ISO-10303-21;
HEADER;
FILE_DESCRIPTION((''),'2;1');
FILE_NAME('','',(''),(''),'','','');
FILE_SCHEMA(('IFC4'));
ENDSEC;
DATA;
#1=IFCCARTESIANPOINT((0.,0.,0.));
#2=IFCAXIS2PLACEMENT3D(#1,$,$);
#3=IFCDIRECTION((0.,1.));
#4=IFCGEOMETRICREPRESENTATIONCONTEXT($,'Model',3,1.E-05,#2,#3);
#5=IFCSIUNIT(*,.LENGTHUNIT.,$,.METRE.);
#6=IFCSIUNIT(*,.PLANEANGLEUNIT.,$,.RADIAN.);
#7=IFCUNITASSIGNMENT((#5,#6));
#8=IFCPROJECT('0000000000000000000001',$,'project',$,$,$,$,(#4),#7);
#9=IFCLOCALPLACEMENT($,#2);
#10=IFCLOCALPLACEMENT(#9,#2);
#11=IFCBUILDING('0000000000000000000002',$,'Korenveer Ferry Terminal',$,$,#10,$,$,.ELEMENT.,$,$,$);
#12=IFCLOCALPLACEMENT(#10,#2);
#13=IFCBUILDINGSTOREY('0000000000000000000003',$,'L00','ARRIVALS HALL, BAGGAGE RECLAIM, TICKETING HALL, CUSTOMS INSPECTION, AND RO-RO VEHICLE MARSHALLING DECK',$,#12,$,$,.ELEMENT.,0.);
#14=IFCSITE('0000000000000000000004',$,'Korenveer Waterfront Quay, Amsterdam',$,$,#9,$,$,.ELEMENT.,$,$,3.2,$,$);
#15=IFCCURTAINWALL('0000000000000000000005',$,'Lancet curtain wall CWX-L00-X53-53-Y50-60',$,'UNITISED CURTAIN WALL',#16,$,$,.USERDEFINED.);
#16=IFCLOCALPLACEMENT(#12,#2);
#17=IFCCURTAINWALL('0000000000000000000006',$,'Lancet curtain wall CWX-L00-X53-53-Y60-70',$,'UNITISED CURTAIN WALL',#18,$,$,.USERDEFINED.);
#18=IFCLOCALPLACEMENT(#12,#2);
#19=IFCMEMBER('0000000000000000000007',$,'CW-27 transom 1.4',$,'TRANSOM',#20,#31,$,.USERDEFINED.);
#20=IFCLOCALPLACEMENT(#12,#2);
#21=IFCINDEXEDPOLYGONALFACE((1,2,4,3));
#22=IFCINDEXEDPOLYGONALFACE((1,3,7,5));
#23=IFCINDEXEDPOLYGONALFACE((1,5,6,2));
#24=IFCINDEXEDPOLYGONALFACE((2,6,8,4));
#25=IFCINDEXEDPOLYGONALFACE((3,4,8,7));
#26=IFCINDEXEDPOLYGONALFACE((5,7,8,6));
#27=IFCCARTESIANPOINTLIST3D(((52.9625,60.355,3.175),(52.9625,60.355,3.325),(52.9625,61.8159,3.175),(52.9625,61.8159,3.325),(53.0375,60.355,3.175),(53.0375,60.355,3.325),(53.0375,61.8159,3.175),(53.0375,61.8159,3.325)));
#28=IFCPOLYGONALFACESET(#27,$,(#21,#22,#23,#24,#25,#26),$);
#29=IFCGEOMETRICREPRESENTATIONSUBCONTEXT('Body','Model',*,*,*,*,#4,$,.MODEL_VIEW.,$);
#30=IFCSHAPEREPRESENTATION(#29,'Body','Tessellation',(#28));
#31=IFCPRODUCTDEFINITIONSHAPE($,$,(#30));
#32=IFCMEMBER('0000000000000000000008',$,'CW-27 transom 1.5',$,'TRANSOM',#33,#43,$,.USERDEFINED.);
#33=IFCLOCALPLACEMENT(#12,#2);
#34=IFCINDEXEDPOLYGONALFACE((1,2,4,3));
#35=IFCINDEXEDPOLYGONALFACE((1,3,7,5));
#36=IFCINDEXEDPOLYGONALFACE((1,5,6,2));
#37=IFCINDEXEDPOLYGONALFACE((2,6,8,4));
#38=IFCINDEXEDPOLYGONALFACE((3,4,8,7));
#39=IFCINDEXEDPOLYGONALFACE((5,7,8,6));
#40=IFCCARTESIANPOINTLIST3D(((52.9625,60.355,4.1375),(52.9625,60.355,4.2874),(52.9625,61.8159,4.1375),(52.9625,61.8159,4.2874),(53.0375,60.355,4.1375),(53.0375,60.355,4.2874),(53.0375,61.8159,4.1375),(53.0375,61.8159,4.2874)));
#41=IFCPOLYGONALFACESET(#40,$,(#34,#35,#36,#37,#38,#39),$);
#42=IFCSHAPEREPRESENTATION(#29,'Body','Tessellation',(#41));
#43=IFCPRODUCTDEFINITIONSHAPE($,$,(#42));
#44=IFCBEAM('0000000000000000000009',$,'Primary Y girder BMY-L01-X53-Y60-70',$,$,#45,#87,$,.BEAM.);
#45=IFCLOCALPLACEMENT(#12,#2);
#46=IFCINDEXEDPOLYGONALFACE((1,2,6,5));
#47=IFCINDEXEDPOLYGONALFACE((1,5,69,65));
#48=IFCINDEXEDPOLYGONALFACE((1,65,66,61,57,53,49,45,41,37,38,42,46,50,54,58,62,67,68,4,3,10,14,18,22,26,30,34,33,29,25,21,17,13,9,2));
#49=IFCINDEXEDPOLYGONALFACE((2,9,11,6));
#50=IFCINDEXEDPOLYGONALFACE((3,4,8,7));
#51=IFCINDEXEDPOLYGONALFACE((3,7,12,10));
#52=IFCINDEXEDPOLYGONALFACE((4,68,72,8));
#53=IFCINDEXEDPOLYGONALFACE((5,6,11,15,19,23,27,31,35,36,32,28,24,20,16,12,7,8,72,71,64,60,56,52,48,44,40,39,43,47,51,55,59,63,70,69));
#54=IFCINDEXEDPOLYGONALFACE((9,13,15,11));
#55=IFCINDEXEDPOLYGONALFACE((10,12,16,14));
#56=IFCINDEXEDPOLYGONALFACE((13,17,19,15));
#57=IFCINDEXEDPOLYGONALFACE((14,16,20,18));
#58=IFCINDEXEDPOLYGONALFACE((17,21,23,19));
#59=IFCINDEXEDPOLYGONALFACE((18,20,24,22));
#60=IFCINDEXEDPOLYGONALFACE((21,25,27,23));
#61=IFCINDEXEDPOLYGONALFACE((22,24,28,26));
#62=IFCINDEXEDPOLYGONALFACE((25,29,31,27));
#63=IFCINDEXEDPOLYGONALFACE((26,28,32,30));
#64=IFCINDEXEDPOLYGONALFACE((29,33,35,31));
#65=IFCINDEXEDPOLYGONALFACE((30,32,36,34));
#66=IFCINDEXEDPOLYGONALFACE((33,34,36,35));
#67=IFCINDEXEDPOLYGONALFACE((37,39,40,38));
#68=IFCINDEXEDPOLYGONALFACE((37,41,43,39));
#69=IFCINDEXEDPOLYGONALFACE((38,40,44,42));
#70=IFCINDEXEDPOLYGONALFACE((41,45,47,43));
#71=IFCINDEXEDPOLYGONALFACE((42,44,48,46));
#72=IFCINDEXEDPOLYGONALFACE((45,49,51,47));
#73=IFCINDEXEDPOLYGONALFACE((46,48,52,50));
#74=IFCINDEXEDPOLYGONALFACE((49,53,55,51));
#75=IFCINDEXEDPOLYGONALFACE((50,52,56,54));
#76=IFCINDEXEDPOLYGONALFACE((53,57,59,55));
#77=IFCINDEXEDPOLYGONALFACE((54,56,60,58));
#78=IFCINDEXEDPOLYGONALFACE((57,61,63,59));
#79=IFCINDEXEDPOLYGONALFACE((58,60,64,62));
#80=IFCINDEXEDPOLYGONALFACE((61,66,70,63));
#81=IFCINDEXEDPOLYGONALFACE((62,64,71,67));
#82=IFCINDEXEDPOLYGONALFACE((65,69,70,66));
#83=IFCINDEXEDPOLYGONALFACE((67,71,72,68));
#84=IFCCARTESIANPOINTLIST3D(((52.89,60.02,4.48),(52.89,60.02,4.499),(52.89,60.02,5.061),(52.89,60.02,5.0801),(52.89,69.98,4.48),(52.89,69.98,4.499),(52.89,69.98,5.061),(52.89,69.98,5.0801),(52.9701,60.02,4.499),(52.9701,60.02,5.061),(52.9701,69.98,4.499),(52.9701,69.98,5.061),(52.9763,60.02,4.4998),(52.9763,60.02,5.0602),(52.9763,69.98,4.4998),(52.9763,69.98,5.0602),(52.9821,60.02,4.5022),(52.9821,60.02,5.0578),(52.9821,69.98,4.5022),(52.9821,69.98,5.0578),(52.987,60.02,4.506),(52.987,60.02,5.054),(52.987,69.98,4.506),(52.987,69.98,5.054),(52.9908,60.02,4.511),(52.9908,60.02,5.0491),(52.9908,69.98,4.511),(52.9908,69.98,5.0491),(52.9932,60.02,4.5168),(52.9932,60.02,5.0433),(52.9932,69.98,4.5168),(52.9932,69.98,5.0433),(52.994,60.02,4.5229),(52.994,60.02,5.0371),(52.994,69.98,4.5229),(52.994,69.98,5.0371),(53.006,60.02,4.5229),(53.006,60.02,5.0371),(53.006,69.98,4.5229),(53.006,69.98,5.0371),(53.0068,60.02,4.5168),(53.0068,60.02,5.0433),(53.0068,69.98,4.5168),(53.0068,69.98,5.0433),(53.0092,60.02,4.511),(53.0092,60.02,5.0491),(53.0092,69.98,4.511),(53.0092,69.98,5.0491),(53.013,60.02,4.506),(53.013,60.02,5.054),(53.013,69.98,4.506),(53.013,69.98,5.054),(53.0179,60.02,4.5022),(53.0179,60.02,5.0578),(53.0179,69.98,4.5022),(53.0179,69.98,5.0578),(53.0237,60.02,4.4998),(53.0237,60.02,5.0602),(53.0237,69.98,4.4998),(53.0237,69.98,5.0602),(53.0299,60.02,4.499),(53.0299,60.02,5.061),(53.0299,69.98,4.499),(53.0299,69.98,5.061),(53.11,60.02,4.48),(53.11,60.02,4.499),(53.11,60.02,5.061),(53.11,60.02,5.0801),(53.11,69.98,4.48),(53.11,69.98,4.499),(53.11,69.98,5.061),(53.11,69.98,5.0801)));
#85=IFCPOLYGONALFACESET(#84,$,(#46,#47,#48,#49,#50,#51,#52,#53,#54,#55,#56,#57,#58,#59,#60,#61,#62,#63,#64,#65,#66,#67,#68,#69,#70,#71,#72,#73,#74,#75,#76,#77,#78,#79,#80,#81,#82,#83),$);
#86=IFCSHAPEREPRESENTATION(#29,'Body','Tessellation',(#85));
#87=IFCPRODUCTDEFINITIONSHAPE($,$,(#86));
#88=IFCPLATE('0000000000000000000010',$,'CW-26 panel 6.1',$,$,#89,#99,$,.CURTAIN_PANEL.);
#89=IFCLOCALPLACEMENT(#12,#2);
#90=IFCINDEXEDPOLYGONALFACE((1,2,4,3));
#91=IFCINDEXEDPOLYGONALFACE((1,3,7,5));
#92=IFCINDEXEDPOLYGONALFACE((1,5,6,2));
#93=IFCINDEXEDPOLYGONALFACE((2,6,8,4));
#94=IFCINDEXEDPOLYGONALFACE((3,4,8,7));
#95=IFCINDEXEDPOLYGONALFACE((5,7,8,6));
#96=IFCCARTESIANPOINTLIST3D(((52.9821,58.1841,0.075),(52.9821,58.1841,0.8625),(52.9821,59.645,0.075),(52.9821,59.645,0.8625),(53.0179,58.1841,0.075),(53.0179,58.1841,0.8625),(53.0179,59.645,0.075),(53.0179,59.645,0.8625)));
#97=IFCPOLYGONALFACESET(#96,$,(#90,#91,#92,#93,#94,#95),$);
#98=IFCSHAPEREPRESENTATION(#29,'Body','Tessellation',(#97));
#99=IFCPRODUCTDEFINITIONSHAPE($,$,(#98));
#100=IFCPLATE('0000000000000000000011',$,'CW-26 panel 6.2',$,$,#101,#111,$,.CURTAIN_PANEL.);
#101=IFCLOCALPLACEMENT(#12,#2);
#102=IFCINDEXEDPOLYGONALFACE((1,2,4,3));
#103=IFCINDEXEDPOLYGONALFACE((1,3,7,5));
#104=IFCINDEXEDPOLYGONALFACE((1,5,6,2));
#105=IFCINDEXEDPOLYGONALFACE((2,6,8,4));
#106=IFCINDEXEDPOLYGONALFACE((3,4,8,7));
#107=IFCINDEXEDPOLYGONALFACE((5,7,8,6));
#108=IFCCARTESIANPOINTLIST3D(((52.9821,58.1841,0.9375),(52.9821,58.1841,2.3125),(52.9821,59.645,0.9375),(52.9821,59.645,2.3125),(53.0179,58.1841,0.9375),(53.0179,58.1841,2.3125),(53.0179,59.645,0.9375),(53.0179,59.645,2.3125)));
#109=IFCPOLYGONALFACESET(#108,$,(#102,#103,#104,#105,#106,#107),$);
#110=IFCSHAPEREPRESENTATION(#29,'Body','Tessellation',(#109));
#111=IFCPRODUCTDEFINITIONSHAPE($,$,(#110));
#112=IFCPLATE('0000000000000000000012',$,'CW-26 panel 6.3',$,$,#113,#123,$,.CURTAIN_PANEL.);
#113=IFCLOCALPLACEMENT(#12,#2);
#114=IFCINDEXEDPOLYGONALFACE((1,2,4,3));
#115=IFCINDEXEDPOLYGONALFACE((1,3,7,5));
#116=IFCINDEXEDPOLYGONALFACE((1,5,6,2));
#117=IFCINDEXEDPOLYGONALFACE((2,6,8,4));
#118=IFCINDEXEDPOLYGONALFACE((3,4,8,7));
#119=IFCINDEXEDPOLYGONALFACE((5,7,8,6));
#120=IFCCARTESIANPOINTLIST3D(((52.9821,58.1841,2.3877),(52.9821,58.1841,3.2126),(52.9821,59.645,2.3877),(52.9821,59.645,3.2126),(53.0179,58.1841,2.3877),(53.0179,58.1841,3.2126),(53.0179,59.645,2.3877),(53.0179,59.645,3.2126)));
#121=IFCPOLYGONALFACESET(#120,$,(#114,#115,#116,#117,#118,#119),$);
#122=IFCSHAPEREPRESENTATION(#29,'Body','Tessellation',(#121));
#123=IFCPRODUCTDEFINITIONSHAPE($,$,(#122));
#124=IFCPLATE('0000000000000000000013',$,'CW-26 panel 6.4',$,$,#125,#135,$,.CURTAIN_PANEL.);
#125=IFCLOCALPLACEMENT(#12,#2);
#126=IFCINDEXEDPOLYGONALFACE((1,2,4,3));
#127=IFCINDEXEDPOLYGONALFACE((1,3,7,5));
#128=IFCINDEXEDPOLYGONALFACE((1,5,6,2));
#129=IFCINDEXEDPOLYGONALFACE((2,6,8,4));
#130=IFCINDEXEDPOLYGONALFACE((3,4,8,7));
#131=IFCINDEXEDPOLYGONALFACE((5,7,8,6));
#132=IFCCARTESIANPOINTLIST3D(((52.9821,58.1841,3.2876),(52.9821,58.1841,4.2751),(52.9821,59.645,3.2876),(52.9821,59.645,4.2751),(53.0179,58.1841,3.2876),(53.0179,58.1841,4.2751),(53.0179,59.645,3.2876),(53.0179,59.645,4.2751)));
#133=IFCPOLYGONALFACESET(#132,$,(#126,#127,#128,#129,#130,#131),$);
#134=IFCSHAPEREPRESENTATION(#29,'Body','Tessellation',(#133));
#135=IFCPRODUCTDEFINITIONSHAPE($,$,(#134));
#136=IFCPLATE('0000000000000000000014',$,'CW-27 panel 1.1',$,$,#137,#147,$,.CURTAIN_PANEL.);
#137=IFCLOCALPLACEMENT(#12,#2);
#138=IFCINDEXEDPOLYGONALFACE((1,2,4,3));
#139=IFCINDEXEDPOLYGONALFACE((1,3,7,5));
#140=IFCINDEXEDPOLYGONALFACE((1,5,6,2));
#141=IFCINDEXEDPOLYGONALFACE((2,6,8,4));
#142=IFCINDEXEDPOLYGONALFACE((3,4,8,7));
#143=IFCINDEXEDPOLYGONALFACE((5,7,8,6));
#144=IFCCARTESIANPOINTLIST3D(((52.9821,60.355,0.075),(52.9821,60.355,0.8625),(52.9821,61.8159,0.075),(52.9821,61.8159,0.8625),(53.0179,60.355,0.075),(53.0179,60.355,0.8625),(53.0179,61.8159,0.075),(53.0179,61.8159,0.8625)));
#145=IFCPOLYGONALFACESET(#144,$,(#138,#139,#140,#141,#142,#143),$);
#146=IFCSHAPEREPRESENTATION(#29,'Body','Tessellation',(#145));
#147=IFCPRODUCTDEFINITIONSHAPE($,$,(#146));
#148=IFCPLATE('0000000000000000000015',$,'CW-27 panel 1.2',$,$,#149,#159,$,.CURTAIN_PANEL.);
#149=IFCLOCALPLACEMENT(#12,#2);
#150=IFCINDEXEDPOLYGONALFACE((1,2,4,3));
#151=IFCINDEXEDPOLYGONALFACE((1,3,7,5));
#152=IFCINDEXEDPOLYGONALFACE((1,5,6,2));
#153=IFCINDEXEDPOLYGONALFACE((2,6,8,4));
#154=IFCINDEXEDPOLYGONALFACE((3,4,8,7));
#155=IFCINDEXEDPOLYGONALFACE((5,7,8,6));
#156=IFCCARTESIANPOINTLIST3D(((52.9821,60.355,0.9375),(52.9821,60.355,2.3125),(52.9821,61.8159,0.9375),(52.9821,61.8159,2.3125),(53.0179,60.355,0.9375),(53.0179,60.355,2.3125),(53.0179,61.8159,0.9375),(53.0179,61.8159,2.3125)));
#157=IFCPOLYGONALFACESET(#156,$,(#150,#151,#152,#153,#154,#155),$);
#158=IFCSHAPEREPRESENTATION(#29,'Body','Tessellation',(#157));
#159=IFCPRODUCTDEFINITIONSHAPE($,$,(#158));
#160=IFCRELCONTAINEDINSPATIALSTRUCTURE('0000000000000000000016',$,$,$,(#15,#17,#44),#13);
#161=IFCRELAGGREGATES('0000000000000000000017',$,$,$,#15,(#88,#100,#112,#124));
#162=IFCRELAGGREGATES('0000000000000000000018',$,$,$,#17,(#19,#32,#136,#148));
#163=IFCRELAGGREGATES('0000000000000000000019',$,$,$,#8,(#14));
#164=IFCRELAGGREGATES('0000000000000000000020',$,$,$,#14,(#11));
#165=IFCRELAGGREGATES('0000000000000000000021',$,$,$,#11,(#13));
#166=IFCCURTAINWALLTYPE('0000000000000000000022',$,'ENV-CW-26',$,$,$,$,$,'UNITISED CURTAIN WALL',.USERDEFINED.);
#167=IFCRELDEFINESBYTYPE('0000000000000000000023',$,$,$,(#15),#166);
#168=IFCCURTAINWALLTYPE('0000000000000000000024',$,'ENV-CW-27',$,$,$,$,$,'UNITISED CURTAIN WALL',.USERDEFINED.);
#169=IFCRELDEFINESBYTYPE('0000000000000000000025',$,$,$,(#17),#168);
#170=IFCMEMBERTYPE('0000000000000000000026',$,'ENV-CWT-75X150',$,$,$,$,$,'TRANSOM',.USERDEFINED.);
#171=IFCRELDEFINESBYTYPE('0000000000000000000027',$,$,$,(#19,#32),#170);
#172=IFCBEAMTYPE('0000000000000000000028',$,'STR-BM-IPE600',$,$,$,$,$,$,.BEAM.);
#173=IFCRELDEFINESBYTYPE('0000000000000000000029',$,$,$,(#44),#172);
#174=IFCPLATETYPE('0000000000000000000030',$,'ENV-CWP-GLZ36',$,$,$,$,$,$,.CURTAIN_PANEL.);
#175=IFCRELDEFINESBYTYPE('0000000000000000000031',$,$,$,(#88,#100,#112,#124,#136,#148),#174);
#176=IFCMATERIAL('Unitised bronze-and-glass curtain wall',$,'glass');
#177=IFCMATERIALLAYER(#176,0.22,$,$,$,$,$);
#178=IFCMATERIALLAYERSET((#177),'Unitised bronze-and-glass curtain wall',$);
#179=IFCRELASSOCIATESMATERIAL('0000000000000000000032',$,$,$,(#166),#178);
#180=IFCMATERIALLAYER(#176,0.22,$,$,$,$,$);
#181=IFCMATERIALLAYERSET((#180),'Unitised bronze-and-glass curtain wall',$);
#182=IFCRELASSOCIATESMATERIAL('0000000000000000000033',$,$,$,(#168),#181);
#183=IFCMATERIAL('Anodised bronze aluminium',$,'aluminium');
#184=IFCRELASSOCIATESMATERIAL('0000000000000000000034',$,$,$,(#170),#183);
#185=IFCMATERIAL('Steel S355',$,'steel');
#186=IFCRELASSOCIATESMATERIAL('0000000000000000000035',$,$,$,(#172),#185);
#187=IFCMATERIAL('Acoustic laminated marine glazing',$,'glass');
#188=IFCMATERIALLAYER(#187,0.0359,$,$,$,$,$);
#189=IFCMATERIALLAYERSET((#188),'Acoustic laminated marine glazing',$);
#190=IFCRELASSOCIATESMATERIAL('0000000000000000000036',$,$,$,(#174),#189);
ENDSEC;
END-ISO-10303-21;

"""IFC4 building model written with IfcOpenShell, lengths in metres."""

from ifc_helpers import new_model, si_unit, direction, frame, origin, origin_2d, place, context, subcontext, project, spatial, rectangle, i_section, extrude, material, layer, layer_set, material_profile, profile_set, type_object, element, aggregate, save


model = new_model("IFC4")

# Units and contexts
model_context = context("Model", 3, precision=1e-05, world=origin(), true_north=direction((0.0, 1.0)))
body_context = subcontext(model_context, "Body", "Model", "MODEL_VIEW")
ifc_project = project(units=[si_unit("LENGTHUNIT", "METRE"), si_unit("PLANEANGLEUNIT", "RADIAN")], contexts=[model_context])

# Site, building, storey
site_placement = place(None, origin())
site = spatial("IfcSite", under=ifc_project, at=site_placement, Name="Korenveer Waterfront Quay, Amsterdam", CompositionType="ELEMENT", RefElevation=3.2)
building_placement = place(site_placement, origin())
building = spatial("IfcBuilding", under=site, at=building_placement, Name="Korenveer Ferry Terminal", CompositionType="ELEMENT")
storey_placement = place(building_placement, origin())
storey = spatial("IfcBuildingStorey", under=building, at=storey_placement, Name="L00", Description="ARRIVALS HALL, BAGGAGE RECLAIM, TICKETING HALL, CUSTOMS INSPECTION, AND RO-RO VEHICLE MARSHALLING DECK", CompositionType="ELEMENT", Elevation=0.0)

# Shared definitions
ifc_material_1 = material(Name="Steel S355", Category="steel")

# Curtain wall
ifc_material_2 = material(Name="Unitised bronze-and-glass curtain wall", Category="glass")
ifc_layer_1 = layer(ifc_material_2, 0.22)
ifc_layer_set_1 = layer_set([ifc_layer_1], Name="Unitised bronze-and-glass curtain wall")
curtain_wall_type_1 = type_object("IfcCurtainWallType", Name="ENV-CW-26", ElementType="UNITISED CURTAIN WALL", PredefinedType="USERDEFINED", material=ifc_layer_set_1)
curtain_wall_1_placement = place(storey_placement, frame((53.0, 50.28, 0.0)))
curtain_wall_1 = element("IfcCurtainWall", 1, at=curtain_wall_1_placement, inside=storey, type_object=curtain_wall_type_1, Name="Lancet curtain wall CWX-L00-X53-53-Y50-60", ObjectType="UNITISED CURTAIN WALL", PredefinedType="USERDEFINED")
ifc_material_3 = material(Name="Anodised bronze aluminium", Category="aluminium")

# Curtain wall
ifc_layer_2 = layer(ifc_material_2, 0.22)
ifc_layer_set_2 = layer_set([ifc_layer_2], Name="Unitised bronze-and-glass curtain wall")
curtain_wall_type_2 = type_object("IfcCurtainWallType", Name="ENV-CW-27", ElementType="UNITISED CURTAIN WALL", PredefinedType="USERDEFINED", material=ifc_layer_set_2)
curtain_wall_2_placement = place(storey_placement, frame((53.0, 60.28, 0.0)))
curtain_wall_2 = element("IfcCurtainWall", 2, at=curtain_wall_2_placement, inside=storey, type_object=curtain_wall_type_2, Name="Lancet curtain wall CWX-L00-X53-53-Y60-70", ObjectType="UNITISED CURTAIN WALL", PredefinedType="USERDEFINED")

# Members
ifc_material_profile_1 = material_profile(ifc_material_3, rectangle(XDim=0.075, YDim=0.1499, at=origin_2d()), Name="ALU 75x150")
ifc_profile_set_1 = profile_set([ifc_material_profile_1], Name="Anodised bronze aluminium")
member_type_1 = type_object("IfcMemberType", Name="ENV-CWT-75X150", ElementType="TRANSOM", PredefinedType="USERDEFINED", material=ifc_profile_set_1)
member_1_placement = place(storey_placement, frame((53.0, 60.355, 3.25), z_axis=(0.0, 1.0, 0.0), x_axis=(-1.0, 0.0, 0.0)))
member_1 = element("IfcMember", 3, at=member_1_placement, type_object=member_type_1, Name="CW-27 transom 1.4", ObjectType="TRANSOM", PredefinedType="USERDEFINED", context=body_context, shape_type="SweptSolid", body=[
    extrude(rectangle(XDim=0.075, YDim=0.1499, at=origin_2d()), origin(), (0.0, 0.0, 1.0), 1.4609),
])
member_2_placement = place(storey_placement, frame((53.0, 60.355, 4.2124), z_axis=(0.0, 1.0, 0.0), x_axis=(-1.0, 0.0, 0.0)))
member_2 = element("IfcMember", 4, at=member_2_placement, type_object=member_type_1, Name="CW-27 transom 1.5", ObjectType="TRANSOM", PredefinedType="USERDEFINED", context=body_context, shape_type="SweptSolid", body=[
    extrude(rectangle(XDim=0.075, YDim=0.1499, at=origin_2d()), origin(), (0.0, 0.0, 1.0), 1.4609),
])

# Beam
ifc_material_profile_2 = material_profile(ifc_material_1, i_section(OverallWidth=0.22, OverallDepth=0.6001, WebThickness=0.012, FlangeThickness=0.019, FilletRadius=0.0239, at=origin_2d()), Name="IPE 600")
ifc_profile_set_2 = profile_set([ifc_material_profile_2], Name="Steel S355")
beam_type = type_object("IfcBeamType", Name="STR-BM-IPE600", PredefinedType="BEAM", material=ifc_profile_set_2)
beam_placement = place(storey_placement, frame((53.0, 60.02, 4.78), z_axis=(0.0, 1.0, 0.0), x_axis=(-1.0, 0.0, 0.0)))
element("IfcBeam", 5, at=beam_placement, inside=storey, type_object=beam_type, Name="Primary Y girder BMY-L01-X53-Y60-70", PredefinedType="BEAM", context=body_context, shape_type="SweptSolid", body=[
    extrude(i_section(OverallWidth=0.22, OverallDepth=0.6001, WebThickness=0.012, FlangeThickness=0.019, FilletRadius=0.0239, at=origin_2d()), origin(), (0.0, 0.0, 1.0), 9.96),
])

# Plates
ifc_material_4 = material(Name="Acoustic laminated marine glazing", Category="glass")
ifc_layer_3 = layer(ifc_material_4, 0.0359)
ifc_layer_set_3 = layer_set([ifc_layer_3], Name="Acoustic laminated marine glazing")
plate_type = type_object("IfcPlateType", Name="ENV-CWP-GLZ36", PredefinedType="CURTAIN_PANEL", material=ifc_layer_set_3)
plate_1_placement = place(storey_placement, frame((53.0, 58.9146, 0.075), z_axis=(0.0, 0.0, 1.0), x_axis=(0.0, 1.0, 0.0)))
plate_1 = element("IfcPlate", 6, at=plate_1_placement, type_object=plate_type, Name="CW-26 panel 6.1", PredefinedType="CURTAIN_PANEL", context=body_context, shape_type="SweptSolid", body=[
    extrude(rectangle(XDim=1.4609, YDim=0.0359, at=origin_2d()), origin(), (0.0, 0.0, 1.0), 0.7876),
])
plate_2_placement = place(storey_placement, frame((53.0, 58.9146, 0.9375), z_axis=(0.0, 0.0, 1.0), x_axis=(0.0, 1.0, 0.0)))
plate_2 = element("IfcPlate", 7, at=plate_2_placement, type_object=plate_type, Name="CW-26 panel 6.2", PredefinedType="CURTAIN_PANEL", context=body_context, shape_type="SweptSolid", body=[
    extrude(rectangle(XDim=1.4609, YDim=0.0359, at=origin_2d()), origin(), (0.0, 0.0, 1.0), 1.375),
])
plate_3_placement = place(storey_placement, frame((53.0, 58.9146, 2.3877), z_axis=(0.0, 0.0, 1.0), x_axis=(0.0, 1.0, 0.0)))
plate_3 = element("IfcPlate", 8, at=plate_3_placement, type_object=plate_type, Name="CW-26 panel 6.3", PredefinedType="CURTAIN_PANEL", context=body_context, shape_type="SweptSolid", body=[
    extrude(rectangle(XDim=1.4609, YDim=0.0359, at=origin_2d()), origin(), (0.0, 0.0, 1.0), 0.825),
])
plate_4_placement = place(storey_placement, frame((53.0, 58.9146, 3.2876), z_axis=(0.0, 0.0, 1.0), x_axis=(0.0, 1.0, 0.0)))
plate_4 = element("IfcPlate", 9, at=plate_4_placement, type_object=plate_type, Name="CW-26 panel 6.4", PredefinedType="CURTAIN_PANEL", context=body_context, shape_type="SweptSolid", body=[
    extrude(rectangle(XDim=1.4609, YDim=0.0359, at=origin_2d()), origin(), (0.0, 0.0, 1.0), 0.9875),
])
aggregate(curtain_wall_1, [plate_1, plate_2, plate_3, plate_4])
plate_5_placement = place(storey_placement, frame((53.0, 61.0854, 0.075), z_axis=(0.0, 0.0, 1.0), x_axis=(0.0, 1.0, 0.0)))
plate_5 = element("IfcPlate", 10, at=plate_5_placement, type_object=plate_type, Name="CW-27 panel 1.1", PredefinedType="CURTAIN_PANEL", context=body_context, shape_type="SweptSolid", body=[
    extrude(rectangle(XDim=1.4609, YDim=0.0359, at=origin_2d()), origin(), (0.0, 0.0, 1.0), 0.7876),
])
plate_6_placement = place(storey_placement, frame((53.0, 61.0854, 0.9375), z_axis=(0.0, 0.0, 1.0), x_axis=(0.0, 1.0, 0.0)))
plate_6 = element("IfcPlate", 11, at=plate_6_placement, type_object=plate_type, Name="CW-27 panel 1.2", PredefinedType="CURTAIN_PANEL", context=body_context, shape_type="SweptSolid", body=[
    extrude(rectangle(XDim=1.4609, YDim=0.0359, at=origin_2d()), origin(), (0.0, 0.0, 1.0), 1.375),
])
aggregate(curtain_wall_2, [member_1, member_2, plate_5, plate_6])

save(model, "model.ifc")
